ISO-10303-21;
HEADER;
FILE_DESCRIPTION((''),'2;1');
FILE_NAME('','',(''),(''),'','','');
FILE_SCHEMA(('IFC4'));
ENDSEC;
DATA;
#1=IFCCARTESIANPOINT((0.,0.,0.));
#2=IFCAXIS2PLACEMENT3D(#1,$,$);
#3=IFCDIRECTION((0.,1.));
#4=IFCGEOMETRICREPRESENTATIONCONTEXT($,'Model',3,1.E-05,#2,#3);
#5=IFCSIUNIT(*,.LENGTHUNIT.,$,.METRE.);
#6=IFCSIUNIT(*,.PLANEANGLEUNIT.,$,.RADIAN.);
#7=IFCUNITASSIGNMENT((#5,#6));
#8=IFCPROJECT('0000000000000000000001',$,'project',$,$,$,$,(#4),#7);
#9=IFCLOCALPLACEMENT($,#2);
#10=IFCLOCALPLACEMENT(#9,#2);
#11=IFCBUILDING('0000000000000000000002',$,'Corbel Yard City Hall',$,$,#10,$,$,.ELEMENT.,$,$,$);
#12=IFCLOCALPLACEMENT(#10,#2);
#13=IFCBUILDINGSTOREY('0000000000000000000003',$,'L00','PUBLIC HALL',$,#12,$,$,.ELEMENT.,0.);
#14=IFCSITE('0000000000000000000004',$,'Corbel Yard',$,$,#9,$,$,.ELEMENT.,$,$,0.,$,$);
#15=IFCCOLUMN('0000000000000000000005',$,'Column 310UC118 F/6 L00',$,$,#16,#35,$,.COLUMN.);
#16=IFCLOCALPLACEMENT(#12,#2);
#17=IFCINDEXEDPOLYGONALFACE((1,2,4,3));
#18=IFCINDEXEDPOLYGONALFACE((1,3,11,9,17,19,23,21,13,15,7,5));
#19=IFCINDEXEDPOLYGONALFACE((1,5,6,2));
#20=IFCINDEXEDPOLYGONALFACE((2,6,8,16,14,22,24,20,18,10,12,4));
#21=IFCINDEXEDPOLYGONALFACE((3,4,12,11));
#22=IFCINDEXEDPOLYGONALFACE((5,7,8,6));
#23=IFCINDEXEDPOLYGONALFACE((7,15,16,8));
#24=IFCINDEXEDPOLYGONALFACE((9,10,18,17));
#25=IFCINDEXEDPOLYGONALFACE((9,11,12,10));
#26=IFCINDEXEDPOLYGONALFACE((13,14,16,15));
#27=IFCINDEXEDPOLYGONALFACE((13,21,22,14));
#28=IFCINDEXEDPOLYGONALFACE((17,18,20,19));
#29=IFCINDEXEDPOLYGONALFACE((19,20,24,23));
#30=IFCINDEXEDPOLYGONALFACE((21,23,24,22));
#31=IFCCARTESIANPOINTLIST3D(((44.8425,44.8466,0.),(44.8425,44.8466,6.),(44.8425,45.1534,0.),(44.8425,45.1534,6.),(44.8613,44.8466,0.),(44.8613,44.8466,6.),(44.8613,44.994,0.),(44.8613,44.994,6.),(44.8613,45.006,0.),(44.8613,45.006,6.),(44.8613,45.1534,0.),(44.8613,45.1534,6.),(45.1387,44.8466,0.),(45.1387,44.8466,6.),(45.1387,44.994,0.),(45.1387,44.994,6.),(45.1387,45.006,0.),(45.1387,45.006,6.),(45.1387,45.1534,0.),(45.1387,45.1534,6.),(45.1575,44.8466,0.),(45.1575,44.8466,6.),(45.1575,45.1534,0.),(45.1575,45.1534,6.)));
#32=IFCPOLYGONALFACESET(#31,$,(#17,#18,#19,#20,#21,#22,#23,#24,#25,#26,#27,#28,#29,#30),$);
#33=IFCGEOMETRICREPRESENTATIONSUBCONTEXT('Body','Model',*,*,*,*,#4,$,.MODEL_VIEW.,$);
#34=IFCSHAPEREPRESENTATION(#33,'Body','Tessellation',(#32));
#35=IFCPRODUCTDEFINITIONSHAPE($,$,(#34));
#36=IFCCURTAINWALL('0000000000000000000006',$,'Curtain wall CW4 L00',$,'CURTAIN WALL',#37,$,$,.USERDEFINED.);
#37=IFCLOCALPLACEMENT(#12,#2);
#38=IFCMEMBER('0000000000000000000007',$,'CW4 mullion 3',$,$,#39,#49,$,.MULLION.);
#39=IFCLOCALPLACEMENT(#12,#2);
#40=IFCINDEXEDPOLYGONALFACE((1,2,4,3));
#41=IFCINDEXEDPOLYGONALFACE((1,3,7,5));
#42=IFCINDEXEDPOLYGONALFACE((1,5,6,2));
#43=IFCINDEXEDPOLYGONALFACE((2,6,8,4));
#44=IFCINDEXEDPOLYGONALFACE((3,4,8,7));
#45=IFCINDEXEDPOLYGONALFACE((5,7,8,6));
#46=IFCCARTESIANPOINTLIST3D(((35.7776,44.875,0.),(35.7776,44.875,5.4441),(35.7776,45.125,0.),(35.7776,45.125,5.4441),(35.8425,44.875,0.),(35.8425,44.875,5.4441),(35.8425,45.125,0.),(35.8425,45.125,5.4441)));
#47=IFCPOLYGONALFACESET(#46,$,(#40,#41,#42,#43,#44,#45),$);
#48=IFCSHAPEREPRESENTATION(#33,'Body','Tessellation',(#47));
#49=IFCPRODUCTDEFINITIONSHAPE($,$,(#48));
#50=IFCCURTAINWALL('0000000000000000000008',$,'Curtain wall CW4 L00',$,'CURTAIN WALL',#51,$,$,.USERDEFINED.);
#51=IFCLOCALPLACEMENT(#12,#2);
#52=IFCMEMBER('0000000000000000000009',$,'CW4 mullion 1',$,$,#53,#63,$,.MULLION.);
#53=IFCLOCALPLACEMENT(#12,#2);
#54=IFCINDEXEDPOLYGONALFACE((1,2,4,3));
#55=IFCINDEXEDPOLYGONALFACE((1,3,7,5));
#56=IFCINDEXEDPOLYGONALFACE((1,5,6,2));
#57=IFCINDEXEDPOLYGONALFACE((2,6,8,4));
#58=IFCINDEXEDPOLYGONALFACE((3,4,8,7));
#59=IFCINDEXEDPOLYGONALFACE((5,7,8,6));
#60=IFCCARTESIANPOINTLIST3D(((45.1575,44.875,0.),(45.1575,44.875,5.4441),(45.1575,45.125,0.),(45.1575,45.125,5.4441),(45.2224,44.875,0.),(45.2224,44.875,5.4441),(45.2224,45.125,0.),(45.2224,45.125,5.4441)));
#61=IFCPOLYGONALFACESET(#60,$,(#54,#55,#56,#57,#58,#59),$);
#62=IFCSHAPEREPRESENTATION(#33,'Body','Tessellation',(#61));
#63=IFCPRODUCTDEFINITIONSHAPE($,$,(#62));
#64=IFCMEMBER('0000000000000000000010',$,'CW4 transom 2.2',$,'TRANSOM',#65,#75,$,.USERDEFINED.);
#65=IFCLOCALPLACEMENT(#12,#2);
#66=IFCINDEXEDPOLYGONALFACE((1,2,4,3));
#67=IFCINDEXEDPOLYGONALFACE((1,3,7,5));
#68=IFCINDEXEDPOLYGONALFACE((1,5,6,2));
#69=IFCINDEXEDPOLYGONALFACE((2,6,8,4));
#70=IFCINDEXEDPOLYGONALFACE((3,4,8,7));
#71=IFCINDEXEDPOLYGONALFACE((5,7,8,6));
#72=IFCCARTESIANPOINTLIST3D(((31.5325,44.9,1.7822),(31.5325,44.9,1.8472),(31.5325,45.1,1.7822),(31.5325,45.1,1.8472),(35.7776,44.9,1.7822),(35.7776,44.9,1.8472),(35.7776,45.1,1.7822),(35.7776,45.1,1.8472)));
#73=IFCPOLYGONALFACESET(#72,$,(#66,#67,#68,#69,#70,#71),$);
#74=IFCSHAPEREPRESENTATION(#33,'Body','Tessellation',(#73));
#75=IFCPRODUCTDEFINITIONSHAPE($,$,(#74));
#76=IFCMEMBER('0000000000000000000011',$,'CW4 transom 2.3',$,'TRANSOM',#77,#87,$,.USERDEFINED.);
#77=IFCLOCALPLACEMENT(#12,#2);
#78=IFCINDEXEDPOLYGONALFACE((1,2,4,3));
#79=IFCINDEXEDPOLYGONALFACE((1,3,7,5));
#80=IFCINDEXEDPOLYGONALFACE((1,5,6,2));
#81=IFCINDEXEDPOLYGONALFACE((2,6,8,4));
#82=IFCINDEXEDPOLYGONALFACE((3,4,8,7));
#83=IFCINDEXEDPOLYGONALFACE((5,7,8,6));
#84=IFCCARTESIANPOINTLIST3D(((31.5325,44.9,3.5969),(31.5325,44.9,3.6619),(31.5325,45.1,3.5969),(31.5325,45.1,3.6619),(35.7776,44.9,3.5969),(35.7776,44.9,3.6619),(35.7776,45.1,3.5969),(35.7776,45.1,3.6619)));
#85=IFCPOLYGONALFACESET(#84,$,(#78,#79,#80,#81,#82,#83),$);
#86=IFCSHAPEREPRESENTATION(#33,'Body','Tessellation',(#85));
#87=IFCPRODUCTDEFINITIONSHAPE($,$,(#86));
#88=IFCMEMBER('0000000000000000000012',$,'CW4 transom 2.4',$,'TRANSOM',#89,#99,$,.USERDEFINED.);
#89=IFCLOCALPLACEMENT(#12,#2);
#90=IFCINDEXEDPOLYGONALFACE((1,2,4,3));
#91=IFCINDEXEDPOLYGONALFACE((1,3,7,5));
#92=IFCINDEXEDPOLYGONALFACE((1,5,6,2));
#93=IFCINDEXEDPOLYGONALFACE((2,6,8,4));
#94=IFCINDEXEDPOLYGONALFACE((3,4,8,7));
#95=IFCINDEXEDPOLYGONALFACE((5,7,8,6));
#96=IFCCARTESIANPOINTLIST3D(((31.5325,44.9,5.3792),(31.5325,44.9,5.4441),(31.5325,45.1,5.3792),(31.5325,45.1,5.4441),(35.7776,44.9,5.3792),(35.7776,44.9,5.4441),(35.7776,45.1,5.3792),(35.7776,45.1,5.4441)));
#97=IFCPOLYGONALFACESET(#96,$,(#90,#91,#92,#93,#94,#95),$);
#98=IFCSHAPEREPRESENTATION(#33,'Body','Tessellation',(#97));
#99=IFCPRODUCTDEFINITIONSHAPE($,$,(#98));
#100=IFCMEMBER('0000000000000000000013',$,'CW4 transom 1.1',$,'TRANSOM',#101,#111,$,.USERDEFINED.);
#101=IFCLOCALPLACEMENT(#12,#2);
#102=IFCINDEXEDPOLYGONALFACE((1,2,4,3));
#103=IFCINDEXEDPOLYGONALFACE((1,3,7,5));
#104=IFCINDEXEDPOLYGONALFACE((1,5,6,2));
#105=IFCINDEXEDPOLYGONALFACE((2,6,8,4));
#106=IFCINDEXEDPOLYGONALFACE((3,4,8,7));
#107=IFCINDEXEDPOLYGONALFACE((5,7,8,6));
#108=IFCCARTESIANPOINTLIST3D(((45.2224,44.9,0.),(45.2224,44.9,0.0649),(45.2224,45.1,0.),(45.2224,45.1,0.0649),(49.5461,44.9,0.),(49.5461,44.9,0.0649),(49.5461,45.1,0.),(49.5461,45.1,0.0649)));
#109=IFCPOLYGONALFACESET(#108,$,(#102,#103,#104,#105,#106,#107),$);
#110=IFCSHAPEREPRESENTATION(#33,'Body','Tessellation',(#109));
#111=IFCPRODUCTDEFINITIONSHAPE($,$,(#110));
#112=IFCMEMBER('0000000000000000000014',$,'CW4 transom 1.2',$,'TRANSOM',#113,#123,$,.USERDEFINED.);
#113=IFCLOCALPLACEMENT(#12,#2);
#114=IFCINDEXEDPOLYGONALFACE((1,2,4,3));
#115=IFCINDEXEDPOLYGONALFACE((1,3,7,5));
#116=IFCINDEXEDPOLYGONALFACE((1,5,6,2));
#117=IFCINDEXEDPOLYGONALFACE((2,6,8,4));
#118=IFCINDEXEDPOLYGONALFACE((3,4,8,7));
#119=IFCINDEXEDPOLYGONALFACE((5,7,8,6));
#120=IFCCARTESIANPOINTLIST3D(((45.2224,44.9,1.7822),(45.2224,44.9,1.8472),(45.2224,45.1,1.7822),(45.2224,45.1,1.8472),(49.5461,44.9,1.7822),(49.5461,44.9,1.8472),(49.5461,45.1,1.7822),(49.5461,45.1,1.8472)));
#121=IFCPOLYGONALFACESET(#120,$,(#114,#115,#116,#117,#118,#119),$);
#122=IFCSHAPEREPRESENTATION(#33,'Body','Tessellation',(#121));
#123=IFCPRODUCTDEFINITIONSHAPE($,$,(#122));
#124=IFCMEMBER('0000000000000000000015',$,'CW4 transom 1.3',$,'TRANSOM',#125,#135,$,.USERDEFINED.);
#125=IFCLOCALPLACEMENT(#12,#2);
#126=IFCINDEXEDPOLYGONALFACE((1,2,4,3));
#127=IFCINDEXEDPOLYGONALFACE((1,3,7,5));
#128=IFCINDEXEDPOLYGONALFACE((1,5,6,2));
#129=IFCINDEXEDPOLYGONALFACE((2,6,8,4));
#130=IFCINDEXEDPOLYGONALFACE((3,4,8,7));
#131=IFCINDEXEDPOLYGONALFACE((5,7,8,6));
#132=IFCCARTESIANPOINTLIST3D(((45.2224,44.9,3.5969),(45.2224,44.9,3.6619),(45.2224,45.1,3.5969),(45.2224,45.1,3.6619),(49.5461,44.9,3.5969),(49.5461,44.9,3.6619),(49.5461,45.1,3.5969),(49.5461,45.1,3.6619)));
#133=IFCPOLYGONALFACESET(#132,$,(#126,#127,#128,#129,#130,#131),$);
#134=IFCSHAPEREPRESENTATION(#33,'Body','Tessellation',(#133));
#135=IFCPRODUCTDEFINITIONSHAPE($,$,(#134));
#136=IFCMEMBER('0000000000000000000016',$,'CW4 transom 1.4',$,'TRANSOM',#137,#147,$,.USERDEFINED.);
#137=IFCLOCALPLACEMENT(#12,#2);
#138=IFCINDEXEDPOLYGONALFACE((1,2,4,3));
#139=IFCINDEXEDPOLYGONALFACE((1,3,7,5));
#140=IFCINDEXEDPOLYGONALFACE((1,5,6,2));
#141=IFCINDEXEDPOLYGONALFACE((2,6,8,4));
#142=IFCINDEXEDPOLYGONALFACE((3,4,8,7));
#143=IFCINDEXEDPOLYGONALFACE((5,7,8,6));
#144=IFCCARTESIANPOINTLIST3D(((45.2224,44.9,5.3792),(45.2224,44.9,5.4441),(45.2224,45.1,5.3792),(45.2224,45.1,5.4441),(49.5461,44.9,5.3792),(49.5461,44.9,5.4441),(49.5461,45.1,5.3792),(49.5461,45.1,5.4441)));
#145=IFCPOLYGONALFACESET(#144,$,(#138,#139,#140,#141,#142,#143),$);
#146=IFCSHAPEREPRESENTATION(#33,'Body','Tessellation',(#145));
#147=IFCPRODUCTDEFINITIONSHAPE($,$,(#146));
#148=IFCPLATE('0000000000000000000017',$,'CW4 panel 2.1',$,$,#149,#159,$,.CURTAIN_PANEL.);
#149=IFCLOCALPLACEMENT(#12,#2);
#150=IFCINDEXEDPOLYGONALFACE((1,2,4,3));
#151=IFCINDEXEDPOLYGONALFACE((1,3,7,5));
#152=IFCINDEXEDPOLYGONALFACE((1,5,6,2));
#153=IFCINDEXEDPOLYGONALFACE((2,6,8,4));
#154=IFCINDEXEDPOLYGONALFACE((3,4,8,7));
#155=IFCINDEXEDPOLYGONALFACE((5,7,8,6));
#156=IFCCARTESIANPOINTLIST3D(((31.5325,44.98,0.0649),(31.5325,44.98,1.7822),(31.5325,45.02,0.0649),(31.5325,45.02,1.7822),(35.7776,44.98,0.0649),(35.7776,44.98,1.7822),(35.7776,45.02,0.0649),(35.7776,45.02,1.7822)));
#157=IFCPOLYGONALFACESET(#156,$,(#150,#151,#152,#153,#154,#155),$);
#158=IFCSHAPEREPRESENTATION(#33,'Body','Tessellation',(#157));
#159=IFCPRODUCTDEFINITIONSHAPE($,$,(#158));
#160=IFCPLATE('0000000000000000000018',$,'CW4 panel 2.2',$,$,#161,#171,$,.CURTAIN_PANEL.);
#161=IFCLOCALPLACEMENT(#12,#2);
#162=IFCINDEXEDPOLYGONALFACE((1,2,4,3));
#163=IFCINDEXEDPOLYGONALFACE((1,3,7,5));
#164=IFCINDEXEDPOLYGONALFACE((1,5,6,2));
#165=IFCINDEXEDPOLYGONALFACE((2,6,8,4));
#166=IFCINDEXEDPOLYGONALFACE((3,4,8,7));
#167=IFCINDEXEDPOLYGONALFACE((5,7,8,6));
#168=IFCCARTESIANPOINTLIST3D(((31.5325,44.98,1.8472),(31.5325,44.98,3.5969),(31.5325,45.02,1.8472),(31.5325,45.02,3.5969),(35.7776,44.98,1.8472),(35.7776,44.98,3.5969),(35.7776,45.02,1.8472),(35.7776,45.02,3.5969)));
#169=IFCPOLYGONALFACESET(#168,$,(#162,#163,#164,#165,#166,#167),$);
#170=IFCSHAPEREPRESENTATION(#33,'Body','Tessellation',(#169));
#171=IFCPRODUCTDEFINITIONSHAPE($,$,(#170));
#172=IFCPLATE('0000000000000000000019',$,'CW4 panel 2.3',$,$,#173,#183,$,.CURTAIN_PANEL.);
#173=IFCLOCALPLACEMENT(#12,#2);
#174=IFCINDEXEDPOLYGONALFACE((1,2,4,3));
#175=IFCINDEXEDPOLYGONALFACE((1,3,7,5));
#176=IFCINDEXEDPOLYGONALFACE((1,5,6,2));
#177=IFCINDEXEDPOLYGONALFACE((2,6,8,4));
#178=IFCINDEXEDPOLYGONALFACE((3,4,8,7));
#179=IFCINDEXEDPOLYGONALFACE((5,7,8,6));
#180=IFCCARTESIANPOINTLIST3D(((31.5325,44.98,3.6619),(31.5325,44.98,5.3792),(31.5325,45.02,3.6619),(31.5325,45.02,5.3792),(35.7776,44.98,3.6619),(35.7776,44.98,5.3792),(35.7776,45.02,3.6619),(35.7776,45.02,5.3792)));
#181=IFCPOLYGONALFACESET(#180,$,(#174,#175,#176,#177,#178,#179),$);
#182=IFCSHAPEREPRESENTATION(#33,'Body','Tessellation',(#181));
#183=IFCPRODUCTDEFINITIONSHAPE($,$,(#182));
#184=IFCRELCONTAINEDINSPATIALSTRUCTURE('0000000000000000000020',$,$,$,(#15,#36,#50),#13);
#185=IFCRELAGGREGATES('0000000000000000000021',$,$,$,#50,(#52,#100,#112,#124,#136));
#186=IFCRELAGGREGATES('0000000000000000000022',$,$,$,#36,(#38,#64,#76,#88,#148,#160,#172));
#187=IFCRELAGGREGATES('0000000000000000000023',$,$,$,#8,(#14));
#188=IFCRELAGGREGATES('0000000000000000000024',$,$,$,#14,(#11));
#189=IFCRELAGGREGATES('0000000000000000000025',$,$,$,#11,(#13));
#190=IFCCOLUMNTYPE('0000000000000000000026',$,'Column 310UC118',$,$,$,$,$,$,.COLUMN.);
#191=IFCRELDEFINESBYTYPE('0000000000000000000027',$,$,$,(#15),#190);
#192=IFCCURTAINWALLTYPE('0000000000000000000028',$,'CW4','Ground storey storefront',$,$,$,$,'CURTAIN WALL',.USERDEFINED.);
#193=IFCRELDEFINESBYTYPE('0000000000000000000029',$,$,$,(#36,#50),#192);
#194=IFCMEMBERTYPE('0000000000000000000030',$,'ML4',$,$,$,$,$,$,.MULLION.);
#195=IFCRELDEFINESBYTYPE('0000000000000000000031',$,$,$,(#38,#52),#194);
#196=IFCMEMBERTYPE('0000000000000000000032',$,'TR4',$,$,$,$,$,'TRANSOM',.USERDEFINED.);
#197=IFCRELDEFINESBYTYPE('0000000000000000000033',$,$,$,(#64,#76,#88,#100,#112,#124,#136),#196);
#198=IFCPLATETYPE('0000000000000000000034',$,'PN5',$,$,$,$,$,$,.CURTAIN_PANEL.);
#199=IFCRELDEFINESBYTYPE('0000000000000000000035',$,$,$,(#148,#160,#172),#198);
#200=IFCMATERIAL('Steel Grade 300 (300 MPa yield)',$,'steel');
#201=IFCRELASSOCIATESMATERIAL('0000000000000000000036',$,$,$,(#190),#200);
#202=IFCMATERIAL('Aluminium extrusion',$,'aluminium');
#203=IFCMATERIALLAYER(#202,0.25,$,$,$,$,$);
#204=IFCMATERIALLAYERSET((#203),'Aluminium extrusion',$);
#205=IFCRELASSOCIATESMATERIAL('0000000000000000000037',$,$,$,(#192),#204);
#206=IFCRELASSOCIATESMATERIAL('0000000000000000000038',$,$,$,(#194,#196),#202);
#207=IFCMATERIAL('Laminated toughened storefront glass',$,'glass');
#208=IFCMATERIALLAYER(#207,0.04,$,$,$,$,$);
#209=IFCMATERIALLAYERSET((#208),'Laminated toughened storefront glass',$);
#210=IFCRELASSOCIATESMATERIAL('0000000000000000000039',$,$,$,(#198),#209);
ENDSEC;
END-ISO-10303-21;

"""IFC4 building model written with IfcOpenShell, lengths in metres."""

from ifc_helpers import new_model, si_unit, direction, frame, origin, origin_2d, place, context, subcontext, project, spatial, rectangle, i_section, extrude, material, layer, layer_set, material_profile, profile_set, type_object, element, aggregate, save


model = new_model("IFC4")

# Units and contexts
model_context = context("Model", 3, precision=1e-05, world=origin(), true_north=direction((0.0, 1.0)))
body_context = subcontext(model_context, "Body", "Model", "MODEL_VIEW")
ifc_project = project(units=[si_unit("LENGTHUNIT", "METRE"), si_unit("PLANEANGLEUNIT", "RADIAN")], contexts=[model_context])

# Site, building, storey
site_placement = place(None, origin())
site = spatial("IfcSite", under=ifc_project, at=site_placement, Name="Corbel Yard", CompositionType="ELEMENT", RefElevation=0.0)
building_placement = place(site_placement, origin())
building = spatial("IfcBuilding", under=site, at=building_placement, Name="Corbel Yard City Hall", CompositionType="ELEMENT")
storey_placement = place(building_placement, origin())
storey = spatial("IfcBuildingStorey", under=building, at=storey_placement, Name="L00", Description="PUBLIC HALL", CompositionType="ELEMENT", Elevation=0.0)

# Column
ifc_material_1 = material(Name="Steel Grade 300 (300 MPa yield)", Category="steel")
ifc_material_profile_1 = material_profile(ifc_material_1, i_section(OverallWidth=0.3069, OverallDepth=0.3149, WebThickness=0.012, FlangeThickness=0.0188, at=origin_2d()), Name="310UC118")
ifc_profile_set_1 = profile_set([ifc_material_profile_1], Name="Steel Grade 300 (300 MPa yield)")
column_type = type_object("IfcColumnType", Name="Column 310UC118", PredefinedType="COLUMN", material=ifc_profile_set_1)
for number, where, z_axis, x_axis, name in (
    (1, (45.0, 45.0, 0.0), (0.0, 0.0, 1.0), (0.0, 1.0, 0.0), "Column 310UC118 F/6 L00"),
):
    element("IfcColumn", number, at=place(storey_placement, frame(where, z_axis=z_axis, x_axis=x_axis)), inside=storey, type_object=column_type, Name=name, PredefinedType="COLUMN", context=body_context, shape_type="SweptSolid", body=[
        extrude(i_section(OverallWidth=0.3069, OverallDepth=0.3149, WebThickness=0.012, FlangeThickness=0.0188, at=origin_2d()), origin(), (0.0, 0.0, 1.0), 6.0),
    ])

# Curtain walls, members
ifc_material_2 = material(Name="Aluminium extrusion", Category="aluminium")
ifc_layer_1 = layer(ifc_material_2, 0.25)
ifc_layer_set_1 = layer_set([ifc_layer_1], Name="Aluminium extrusion")
curtain_wall_type = type_object("IfcCurtainWallType", Name="CW4", Description="Ground storey storefront", ElementType="CURTAIN WALL", PredefinedType="USERDEFINED", material=ifc_layer_set_1)
curtain_wall_1_placement = place(storey_placement, origin())
curtain_wall_1 = element("IfcCurtainWall", 2, at=curtain_wall_1_placement, inside=storey, type_object=curtain_wall_type, Name="Curtain wall CW4 L00", ObjectType="CURTAIN WALL", PredefinedType="USERDEFINED")
ifc_material_profile_2 = material_profile(ifc_material_2, rectangle(XDim=0.25, YDim=0.0649, at=origin_2d()), Name="250x65")
ifc_profile_set_2 = profile_set([ifc_material_profile_2], Name="Aluminium extrusion")
member_type_1 = type_object("IfcMemberType", Name="ML4", PredefinedType="MULLION", material=ifc_profile_set_2)
member_1_placement = place(storey_placement, frame((35.8101, 45.0, 0.0), z_axis=(0.0, 0.0, 1.0), x_axis=(0.0, 1.0, 0.0)))
member_1 = element("IfcMember", 3, at=member_1_placement, type_object=member_type_1, Name="CW4 mullion 3", PredefinedType="MULLION", context=body_context, shape_type="SweptSolid", body=[
    extrude(rectangle(XDim=0.25, YDim=0.0649, at=origin_2d()), origin(), (0.0, 0.0, 1.0), 5.4441),
])
curtain_wall_2_placement = place(storey_placement, origin())
curtain_wall_2 = element("IfcCurtainWall", 4, at=curtain_wall_2_placement, inside=storey, type_object=curtain_wall_type, Name="Curtain wall CW4 L00", ObjectType="CURTAIN WALL", PredefinedType="USERDEFINED")
member_2_placement = place(storey_placement, frame((45.1899, 45.0, 0.0), z_axis=(0.0, 0.0, 1.0), x_axis=(0.0, 1.0, 0.0)))
member_2 = element("IfcMember", 5, at=member_2_placement, type_object=member_type_1, Name="CW4 mullion 1", PredefinedType="MULLION", context=body_context, shape_type="SweptSolid", body=[
    extrude(rectangle(XDim=0.25, YDim=0.0649, at=origin_2d()), origin(), (0.0, 0.0, 1.0), 5.4441),
])

# Members
ifc_material_profile_3 = material_profile(ifc_material_2, rectangle(XDim=0.2, YDim=0.0649, at=origin_2d()), Name="200x65")
ifc_profile_set_3 = profile_set([ifc_material_profile_3], Name="Aluminium extrusion")
member_type_2 = type_object("IfcMemberType", Name="TR4", ElementType="TRANSOM", PredefinedType="USERDEFINED", material=ifc_profile_set_3)
member_3_placement = place(storey_placement, frame((31.5325, 45.0, 1.8147), z_axis=(1.0, 0.0, 0.0), x_axis=(0.0, 1.0, 0.0)))
member_3 = element("IfcMember", 6, at=member_3_placement, type_object=member_type_2, Name="CW4 transom 2.2", ObjectType="TRANSOM", PredefinedType="USERDEFINED", context=body_context, shape_type="SweptSolid", body=[
    extrude(rectangle(XDim=0.2, YDim=0.0649, at=origin_2d()), origin(), (0.0, 0.0, 1.0), 4.2451),
])
member_4_placement = place(storey_placement, frame((31.5325, 45.0, 3.6294), z_axis=(1.0, 0.0, 0.0), x_axis=(0.0, 1.0, 0.0)))
member_4 = element("IfcMember", 7, at=member_4_placement, type_object=member_type_2, Name="CW4 transom 2.3", ObjectType="TRANSOM", PredefinedType="USERDEFINED", context=body_context, shape_type="SweptSolid", body=[
    extrude(rectangle(XDim=0.2, YDim=0.0649, at=origin_2d()), origin(), (0.0, 0.0, 1.0), 4.2451),
])
member_5_placement = place(storey_placement, frame((31.5325, 45.0, 5.4116), z_axis=(1.0, 0.0, 0.0), x_axis=(0.0, 1.0, 0.0)))
member_5 = element("IfcMember", 8, at=member_5_placement, type_object=member_type_2, Name="CW4 transom 2.4", ObjectType="TRANSOM", PredefinedType="USERDEFINED", context=body_context, shape_type="SweptSolid", body=[
    extrude(rectangle(XDim=0.2, YDim=0.0649, at=origin_2d()), origin(), (0.0, 0.0, 1.0), 4.2451),
])
member_6_placement = place(storey_placement, frame((45.2224, 45.0, 0.0325), z_axis=(1.0, 0.0, 0.0), x_axis=(0.0, 1.0, 0.0)))
member_6 = element("IfcMember", 9, at=member_6_placement, type_object=member_type_2, Name="CW4 transom 1.1", ObjectType="TRANSOM", PredefinedType="USERDEFINED", context=body_context, shape_type="SweptSolid", body=[
    extrude(rectangle(XDim=0.2, YDim=0.0649, at=origin_2d()), origin(), (0.0, 0.0, 1.0), 4.3237),
])
member_7_placement = place(storey_placement, frame((45.2224, 45.0, 1.8147), z_axis=(1.0, 0.0, 0.0), x_axis=(0.0, 1.0, 0.0)))
member_7 = element("IfcMember", 10, at=member_7_placement, type_object=member_type_2, Name="CW4 transom 1.2", ObjectType="TRANSOM", PredefinedType="USERDEFINED", context=body_context, shape_type="SweptSolid", body=[
    extrude(rectangle(XDim=0.2, YDim=0.0649, at=origin_2d()), origin(), (0.0, 0.0, 1.0), 4.3237),
])
member_8_placement = place(storey_placement, frame((45.2224, 45.0, 3.6294), z_axis=(1.0, 0.0, 0.0), x_axis=(0.0, 1.0, 0.0)))
member_8 = element("IfcMember", 11, at=member_8_placement, type_object=member_type_2, Name="CW4 transom 1.3", ObjectType="TRANSOM", PredefinedType="USERDEFINED", context=body_context, shape_type="SweptSolid", body=[
    extrude(rectangle(XDim=0.2, YDim=0.0649, at=origin_2d()), origin(), (0.0, 0.0, 1.0), 4.3237),
])
member_9_placement = place(storey_placement, frame((45.2224, 45.0, 5.4116), z_axis=(1.0, 0.0, 0.0), x_axis=(0.0, 1.0, 0.0)))
member_9 = element("IfcMember", 12, at=member_9_placement, type_object=member_type_2, Name="CW4 transom 1.4", ObjectType="TRANSOM", PredefinedType="USERDEFINED", context=body_context, shape_type="SweptSolid", body=[
    extrude(rectangle(XDim=0.2, YDim=0.0649, at=origin_2d()), origin(), (0.0, 0.0, 1.0), 4.3237),
])
aggregate(curtain_wall_2, [member_2, member_6, member_7, member_8, member_9])

# Plates
ifc_material_3 = material(Name="Laminated toughened storefront glass", Category="glass")
ifc_layer_2 = layer(ifc_material_3, 0.04)
ifc_layer_set_2 = layer_set([ifc_layer_2], Name="Laminated toughened storefront glass")
plate_type = type_object("IfcPlateType", Name="PN5", PredefinedType="CURTAIN_PANEL", material=ifc_layer_set_2)
plate_1_placement = place(storey_placement, frame((33.655, 45.0, 0.0649), z_axis=(0.0, 0.0, 1.0), x_axis=(1.0, 0.0, 0.0)))
plate_1 = element("IfcPlate", 13, at=plate_1_placement, type_object=plate_type, Name="CW4 panel 2.1", PredefinedType="CURTAIN_PANEL", context=body_context, shape_type="SweptSolid", body=[
    extrude(rectangle(XDim=4.2451, YDim=0.04, at=origin_2d()), origin(), (0.0, 0.0, 1.0), 1.7173),
])
plate_2_placement = place(storey_placement, frame((33.655, 45.0, 1.8472), z_axis=(0.0, 0.0, 1.0), x_axis=(1.0, 0.0, 0.0)))
plate_2 = element("IfcPlate", 14, at=plate_2_placement, type_object=plate_type, Name="CW4 panel 2.2", PredefinedType="CURTAIN_PANEL", context=body_context, shape_type="SweptSolid", body=[
    extrude(rectangle(XDim=4.2451, YDim=0.04, at=origin_2d()), origin(), (0.0, 0.0, 1.0), 1.7498),
])
plate_3_placement = place(storey_placement, frame((33.655, 45.0, 3.6619), z_axis=(0.0, 0.0, 1.0), x_axis=(1.0, 0.0, 0.0)))
plate_3 = element("IfcPlate", 15, at=plate_3_placement, type_object=plate_type, Name="CW4 panel 2.3", PredefinedType="CURTAIN_PANEL", context=body_context, shape_type="SweptSolid", body=[
    extrude(rectangle(XDim=4.2451, YDim=0.04, at=origin_2d()), origin(), (0.0, 0.0, 1.0), 1.7173),
])
aggregate(curtain_wall_1, [member_1, member_3, member_4, member_5, plate_1, plate_2, plate_3])

save(model, "model.ifc")
